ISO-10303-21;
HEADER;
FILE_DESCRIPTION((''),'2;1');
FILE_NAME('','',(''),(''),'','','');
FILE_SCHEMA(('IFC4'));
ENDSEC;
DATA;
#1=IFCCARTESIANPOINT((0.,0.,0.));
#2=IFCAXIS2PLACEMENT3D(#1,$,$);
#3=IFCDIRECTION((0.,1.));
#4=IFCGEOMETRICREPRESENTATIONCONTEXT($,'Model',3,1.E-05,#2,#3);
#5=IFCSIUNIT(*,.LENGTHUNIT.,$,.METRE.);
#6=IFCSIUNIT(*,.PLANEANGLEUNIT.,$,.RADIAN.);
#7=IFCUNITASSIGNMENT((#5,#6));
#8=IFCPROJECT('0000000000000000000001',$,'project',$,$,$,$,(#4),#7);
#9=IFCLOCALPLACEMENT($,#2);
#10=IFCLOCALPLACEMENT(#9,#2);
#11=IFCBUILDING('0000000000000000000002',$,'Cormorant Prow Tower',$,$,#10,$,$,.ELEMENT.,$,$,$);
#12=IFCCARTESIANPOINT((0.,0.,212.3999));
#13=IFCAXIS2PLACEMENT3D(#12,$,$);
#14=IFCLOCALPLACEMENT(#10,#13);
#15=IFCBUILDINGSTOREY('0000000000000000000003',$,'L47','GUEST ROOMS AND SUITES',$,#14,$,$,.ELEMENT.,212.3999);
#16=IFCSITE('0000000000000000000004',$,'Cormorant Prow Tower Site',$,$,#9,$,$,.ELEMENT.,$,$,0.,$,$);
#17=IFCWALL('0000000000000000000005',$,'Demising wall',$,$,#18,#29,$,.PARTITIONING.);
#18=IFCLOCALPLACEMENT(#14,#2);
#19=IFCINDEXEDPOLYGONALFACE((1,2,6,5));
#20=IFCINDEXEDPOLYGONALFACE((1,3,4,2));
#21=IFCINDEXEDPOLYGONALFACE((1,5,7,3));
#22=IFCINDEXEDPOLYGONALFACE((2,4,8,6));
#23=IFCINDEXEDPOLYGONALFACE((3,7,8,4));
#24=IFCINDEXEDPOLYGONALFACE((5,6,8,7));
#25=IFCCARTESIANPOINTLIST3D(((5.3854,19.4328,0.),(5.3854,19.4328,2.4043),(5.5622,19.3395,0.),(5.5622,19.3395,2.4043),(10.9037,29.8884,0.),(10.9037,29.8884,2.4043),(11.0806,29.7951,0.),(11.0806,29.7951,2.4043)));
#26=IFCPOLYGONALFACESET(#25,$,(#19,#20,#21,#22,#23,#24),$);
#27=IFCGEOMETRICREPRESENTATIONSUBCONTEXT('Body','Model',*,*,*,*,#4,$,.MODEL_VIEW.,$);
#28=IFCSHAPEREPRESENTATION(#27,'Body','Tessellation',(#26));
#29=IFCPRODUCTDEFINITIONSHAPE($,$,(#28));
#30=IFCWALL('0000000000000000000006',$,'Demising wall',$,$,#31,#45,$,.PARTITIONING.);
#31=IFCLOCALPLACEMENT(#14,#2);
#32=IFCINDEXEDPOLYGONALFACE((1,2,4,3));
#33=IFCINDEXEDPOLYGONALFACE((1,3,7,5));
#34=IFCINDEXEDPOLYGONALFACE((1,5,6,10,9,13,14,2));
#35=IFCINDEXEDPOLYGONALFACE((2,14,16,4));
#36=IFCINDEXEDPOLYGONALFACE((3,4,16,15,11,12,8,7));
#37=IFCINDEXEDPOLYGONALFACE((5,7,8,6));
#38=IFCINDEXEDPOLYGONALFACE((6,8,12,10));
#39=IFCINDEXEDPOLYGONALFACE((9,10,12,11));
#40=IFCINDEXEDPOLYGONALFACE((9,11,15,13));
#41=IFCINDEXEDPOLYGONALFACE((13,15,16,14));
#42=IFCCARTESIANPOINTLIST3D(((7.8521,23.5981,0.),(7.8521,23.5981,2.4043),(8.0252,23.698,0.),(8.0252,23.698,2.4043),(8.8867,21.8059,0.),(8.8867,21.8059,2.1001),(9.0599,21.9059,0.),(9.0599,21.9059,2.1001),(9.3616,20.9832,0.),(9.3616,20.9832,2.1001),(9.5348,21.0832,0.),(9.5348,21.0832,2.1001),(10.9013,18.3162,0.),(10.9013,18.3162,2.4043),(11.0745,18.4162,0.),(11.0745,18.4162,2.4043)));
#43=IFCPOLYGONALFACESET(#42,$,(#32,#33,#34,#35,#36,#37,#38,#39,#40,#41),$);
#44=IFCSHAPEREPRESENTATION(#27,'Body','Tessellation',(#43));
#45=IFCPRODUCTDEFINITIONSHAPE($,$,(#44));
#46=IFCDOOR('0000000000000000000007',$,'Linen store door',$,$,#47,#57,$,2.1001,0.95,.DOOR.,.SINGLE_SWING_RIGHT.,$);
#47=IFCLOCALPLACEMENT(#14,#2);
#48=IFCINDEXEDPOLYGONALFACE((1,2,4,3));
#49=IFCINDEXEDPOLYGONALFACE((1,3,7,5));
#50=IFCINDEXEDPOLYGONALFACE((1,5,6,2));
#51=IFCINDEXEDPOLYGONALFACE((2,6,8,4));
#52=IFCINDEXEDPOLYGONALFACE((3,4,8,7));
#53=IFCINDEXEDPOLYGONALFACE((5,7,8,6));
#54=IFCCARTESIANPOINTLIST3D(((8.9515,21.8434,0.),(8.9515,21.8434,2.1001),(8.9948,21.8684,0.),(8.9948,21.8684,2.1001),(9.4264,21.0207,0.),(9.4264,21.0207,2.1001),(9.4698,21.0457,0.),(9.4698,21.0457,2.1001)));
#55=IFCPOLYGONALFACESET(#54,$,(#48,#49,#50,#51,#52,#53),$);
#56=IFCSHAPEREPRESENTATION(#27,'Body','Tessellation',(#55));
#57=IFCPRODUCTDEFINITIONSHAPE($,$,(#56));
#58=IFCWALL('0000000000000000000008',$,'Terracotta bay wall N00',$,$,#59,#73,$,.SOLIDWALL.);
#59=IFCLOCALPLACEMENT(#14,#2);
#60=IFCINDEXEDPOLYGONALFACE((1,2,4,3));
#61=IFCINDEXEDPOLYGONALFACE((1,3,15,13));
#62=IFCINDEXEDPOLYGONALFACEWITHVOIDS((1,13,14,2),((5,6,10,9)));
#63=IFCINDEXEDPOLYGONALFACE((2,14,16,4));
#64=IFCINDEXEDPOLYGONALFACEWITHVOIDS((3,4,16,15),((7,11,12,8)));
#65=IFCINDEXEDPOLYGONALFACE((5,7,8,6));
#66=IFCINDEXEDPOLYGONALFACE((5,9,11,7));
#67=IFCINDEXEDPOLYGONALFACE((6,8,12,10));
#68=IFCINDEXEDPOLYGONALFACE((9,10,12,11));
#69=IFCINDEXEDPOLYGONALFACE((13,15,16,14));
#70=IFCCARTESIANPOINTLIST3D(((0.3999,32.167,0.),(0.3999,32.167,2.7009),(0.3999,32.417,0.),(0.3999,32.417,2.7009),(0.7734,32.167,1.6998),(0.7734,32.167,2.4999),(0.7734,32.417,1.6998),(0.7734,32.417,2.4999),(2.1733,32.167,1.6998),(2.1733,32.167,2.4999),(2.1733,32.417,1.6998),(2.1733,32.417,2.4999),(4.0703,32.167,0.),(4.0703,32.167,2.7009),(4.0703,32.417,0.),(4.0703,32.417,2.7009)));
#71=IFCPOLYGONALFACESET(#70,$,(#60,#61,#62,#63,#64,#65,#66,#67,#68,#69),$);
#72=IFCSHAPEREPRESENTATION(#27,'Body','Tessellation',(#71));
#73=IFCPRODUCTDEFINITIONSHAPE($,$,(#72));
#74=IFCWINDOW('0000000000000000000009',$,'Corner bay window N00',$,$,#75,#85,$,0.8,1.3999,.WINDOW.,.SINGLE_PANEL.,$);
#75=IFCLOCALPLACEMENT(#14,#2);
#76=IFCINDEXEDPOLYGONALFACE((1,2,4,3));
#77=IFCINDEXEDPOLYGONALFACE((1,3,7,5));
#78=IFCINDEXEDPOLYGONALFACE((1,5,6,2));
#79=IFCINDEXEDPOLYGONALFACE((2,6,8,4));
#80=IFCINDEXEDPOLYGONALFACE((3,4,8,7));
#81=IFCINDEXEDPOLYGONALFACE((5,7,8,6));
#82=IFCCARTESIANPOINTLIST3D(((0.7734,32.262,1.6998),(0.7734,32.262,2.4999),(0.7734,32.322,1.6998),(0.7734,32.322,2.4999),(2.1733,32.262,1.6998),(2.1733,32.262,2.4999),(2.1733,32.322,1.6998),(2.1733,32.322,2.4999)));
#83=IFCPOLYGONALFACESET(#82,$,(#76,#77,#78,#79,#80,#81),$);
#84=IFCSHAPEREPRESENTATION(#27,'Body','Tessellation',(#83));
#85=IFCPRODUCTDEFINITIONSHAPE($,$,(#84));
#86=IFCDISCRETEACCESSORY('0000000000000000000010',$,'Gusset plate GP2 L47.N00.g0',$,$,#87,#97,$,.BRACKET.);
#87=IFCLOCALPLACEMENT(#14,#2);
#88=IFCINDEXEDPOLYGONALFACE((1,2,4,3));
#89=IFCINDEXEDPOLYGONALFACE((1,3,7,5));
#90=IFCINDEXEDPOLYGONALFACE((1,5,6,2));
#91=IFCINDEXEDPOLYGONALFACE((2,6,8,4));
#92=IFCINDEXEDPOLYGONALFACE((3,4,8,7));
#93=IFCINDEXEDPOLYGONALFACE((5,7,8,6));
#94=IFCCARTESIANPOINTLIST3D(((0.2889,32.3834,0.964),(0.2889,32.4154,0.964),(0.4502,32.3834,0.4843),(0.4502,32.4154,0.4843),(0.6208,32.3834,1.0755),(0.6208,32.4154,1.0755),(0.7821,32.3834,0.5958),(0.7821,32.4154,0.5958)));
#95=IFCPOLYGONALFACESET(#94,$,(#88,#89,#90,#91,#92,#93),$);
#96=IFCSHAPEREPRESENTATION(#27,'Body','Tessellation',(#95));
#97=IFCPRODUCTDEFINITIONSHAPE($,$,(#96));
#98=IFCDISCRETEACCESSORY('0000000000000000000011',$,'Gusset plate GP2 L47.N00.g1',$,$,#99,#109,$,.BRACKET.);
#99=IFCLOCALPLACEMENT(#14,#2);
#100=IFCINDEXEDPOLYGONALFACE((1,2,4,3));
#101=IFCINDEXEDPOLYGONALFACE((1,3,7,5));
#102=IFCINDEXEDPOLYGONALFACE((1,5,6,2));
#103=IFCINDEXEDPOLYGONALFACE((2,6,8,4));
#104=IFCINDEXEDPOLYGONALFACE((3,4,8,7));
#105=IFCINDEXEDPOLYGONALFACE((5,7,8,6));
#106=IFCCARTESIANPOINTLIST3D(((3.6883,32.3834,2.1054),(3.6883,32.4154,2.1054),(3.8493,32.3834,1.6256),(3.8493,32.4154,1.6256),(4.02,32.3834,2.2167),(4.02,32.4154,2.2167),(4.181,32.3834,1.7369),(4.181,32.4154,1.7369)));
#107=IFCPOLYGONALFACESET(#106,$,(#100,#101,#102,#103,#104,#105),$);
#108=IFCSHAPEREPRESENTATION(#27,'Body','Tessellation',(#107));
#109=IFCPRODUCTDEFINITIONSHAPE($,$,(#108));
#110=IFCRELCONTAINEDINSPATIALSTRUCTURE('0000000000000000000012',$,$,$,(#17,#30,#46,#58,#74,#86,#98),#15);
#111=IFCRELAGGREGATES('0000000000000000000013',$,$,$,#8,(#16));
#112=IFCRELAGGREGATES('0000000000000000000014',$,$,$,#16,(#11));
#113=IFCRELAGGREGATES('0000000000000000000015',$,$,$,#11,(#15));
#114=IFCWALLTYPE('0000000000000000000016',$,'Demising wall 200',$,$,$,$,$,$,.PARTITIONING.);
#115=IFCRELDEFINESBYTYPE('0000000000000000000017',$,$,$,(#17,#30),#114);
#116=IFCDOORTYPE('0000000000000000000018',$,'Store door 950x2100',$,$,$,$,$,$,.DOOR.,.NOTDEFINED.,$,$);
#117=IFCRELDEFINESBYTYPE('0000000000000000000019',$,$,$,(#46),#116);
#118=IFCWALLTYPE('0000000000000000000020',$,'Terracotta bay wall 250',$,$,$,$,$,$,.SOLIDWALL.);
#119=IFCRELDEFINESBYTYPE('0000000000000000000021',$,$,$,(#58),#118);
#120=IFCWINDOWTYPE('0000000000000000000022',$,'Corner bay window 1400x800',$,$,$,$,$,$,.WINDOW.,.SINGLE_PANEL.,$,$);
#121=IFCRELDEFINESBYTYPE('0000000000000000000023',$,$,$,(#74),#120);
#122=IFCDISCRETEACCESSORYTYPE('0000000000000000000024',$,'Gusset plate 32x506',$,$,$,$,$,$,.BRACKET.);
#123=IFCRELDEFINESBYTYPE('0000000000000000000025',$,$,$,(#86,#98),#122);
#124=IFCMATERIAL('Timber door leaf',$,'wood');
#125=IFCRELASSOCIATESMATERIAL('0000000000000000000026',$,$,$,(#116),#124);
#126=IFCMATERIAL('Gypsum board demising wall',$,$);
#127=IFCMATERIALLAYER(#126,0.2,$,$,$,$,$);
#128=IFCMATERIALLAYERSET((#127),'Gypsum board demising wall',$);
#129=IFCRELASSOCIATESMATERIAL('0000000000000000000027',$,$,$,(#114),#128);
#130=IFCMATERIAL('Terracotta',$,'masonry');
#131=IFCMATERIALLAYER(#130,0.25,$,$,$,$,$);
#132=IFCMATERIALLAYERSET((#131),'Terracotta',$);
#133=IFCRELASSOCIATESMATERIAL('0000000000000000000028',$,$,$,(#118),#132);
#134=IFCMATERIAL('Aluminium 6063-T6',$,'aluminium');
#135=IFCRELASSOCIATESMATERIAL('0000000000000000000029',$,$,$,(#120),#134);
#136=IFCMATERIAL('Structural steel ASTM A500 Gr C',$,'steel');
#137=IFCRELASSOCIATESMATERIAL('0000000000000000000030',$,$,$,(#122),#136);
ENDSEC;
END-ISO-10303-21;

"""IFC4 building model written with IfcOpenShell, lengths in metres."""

from ifc_helpers import new_model, si_unit, direction, frame, frame_2d, origin, origin_2d, place, context, subcontext, project, spatial, rectangle, extrude, material, layer, layer_set, material_profile, profile_set, type_object, element, fill, save


model = new_model("IFC4")

# Units and contexts
model_context = context("Model", 3, precision=1e-05, world=origin(), true_north=direction((0.0, 1.0)))
body_context = subcontext(model_context, "Body", "Model", "MODEL_VIEW")
ifc_project = project(units=[si_unit("LENGTHUNIT", "METRE"), si_unit("PLANEANGLEUNIT", "RADIAN")], contexts=[model_context])

# Site, building, storey
site_placement = place(None, origin())
site = spatial("IfcSite", under=ifc_project, at=site_placement, Name="Cormorant Prow Tower Site", CompositionType="ELEMENT", RefElevation=0.0)
building_placement = place(site_placement, origin())
building = spatial("IfcBuilding", under=site, at=building_placement, Name="Cormorant Prow Tower", CompositionType="ELEMENT")
storey_placement = place(building_placement, frame((0.0, 0.0, 212.3999)))
storey = spatial("IfcBuildingStorey", under=building, at=storey_placement, Name="L47", Description="GUEST ROOMS AND SUITES", CompositionType="ELEMENT", Elevation=212.3999)

# Shared definitions
ifc_material_1 = material(Name="Timber door leaf", Category="wood")
door_type_1 = type_object("IfcDoorType", Name="Store door 950x2100", OperationType="NOTDEFINED", PredefinedType="DOOR", material=ifc_material_1)

# Wall
ifc_material_2 = material(Name="Gypsum board demising wall")
ifc_layer_1 = layer(ifc_material_2, 0.2)
ifc_layer_set_1 = layer_set([ifc_layer_1], Name="Gypsum board demising wall")
wall_type_1 = type_object("IfcWallType", Name="Demising wall 200", PredefinedType="PARTITIONING", material=ifc_layer_set_1)
wall_1_placement = place(storey_placement, frame((5.4739, 19.3862, 0.0), z_axis=(0.0, 0.0, 1.0), x_axis=(0.466765, 0.884381, 0.0)))
element("IfcWall", 1, at=wall_1_placement, inside=storey, type_object=wall_type_1, Name="Demising wall", PredefinedType="PARTITIONING", context=body_context, shape_type="SweptSolid", body=[
    extrude(rectangle(XDim=11.8225, YDim=0.2, at=frame_2d((5.9111, 0.0))), origin(), (0.0, 0.0, 1.0), 2.4043),
])

# Wall, opening, door
wall_2_placement = place(storey_placement, frame((7.9387, 23.6479, 0.0), z_axis=(0.0, 0.0, 1.0), x_axis=(0.499971, -0.866042, 0.0)))
wall_2 = element("IfcWall", 2, at=wall_2_placement, inside=storey, type_object=wall_type_1, Name="Demising wall", PredefinedType="PARTITIONING", context=body_context, shape_type="SweptSolid", body=[
    extrude(rectangle(XDim=6.0989, YDim=0.2, at=frame_2d((3.0493, 0.0))), origin(), (0.0, 0.0, 1.0), 2.4043),
])
opening_1_placement = place(wall_2_placement, frame((2.0691, 0.0, 0.0)))
opening_1 = element("IfcOpeningElement", 3, at=opening_1_placement, cuts=wall_2, PredefinedType="OPENING", context=body_context, shape_type="SweptSolid", body=[
    extrude(rectangle(XDim=0.95, YDim=2.1001, at=frame_2d((0.4751, 1.05))), frame((0.0, 0.1099, 0.0), z_axis=(0.0, -1.0, 0.0), x_axis=(1.0, 0.0, 0.0)), (0.0, 0.0, 1.0), 0.22),
])
door_1_placement = place(opening_1_placement, origin())
door_1 = element("IfcDoor", 4, at=door_1_placement, inside=storey, type_object=door_type_1, Name="Linen store door", OperationType="SINGLE_SWING_RIGHT", OverallHeight=2.1001, OverallWidth=0.95, PredefinedType="DOOR", context=body_context, shape_type="SweptSolid", body=[
    extrude(rectangle(XDim=0.95, YDim=2.1001, at=frame_2d((0.4751, 1.05))), frame((0.0, 0.0249, 0.0), z_axis=(0.0, -1.0, 0.0), x_axis=(1.0, 0.0, 0.0)), (0.0, 0.0, 1.0), 0.05),
])
fill(opening_1, door_1)

# Wall, opening, window
ifc_material_3 = material(Name="Terracotta", Category="masonry")
ifc_layer_2 = layer(ifc_material_3, 0.25)
ifc_layer_set_2 = layer_set([ifc_layer_2], Name="Terracotta")
wall_type_2 = type_object("IfcWallType", Name="Terracotta bay wall 250", PredefinedType="SOLIDWALL", material=ifc_layer_set_2)
wall_3_placement = place(storey_placement, frame((4.0703, 32.292, 0.0), z_axis=(0.0, 0.0, 1.0), x_axis=(-1.0, 0.0, 0.0)))
wall_3 = element("IfcWall", 5, at=wall_3_placement, inside=storey, type_object=wall_type_2, Name="Terracotta bay wall N00", PredefinedType="SOLIDWALL", context=body_context, shape_type="SweptSolid", body=[
    extrude(rectangle(XDim=3.6704, YDim=0.25, at=frame_2d((1.8352, 0.0))), origin(), (0.0, 0.0, 1.0), 2.7009),
])
opening_2_placement = place(wall_3_placement, frame((1.897, 0.0, 1.7)))
opening_2 = element("IfcOpeningElement", 6, at=opening_2_placement, cuts=wall_3, PredefinedType="OPENING", context=body_context, shape_type="SweptSolid", body=[
    extrude(rectangle(XDim=1.3999, YDim=0.8, at=frame_2d((0.7, 0.3999))), frame((0.0, 0.135, 0.0), z_axis=(0.0, -1.0, 0.0), x_axis=(1.0, 0.0, 0.0)), (0.0, 0.0, 1.0), 0.27),
])
ifc_material_4 = material(Name="Aluminium 6063-T6", Category="aluminium")
window_type = type_object("IfcWindowType", Name="Corner bay window 1400x800", PartitioningType="SINGLE_PANEL", PredefinedType="WINDOW", material=ifc_material_4)
window_placement = place(opening_2_placement, origin())
window = element("IfcWindow", 7, at=window_placement, inside=storey, type_object=window_type, Name="Corner bay window N00", OverallHeight=0.8, OverallWidth=1.3999, PartitioningType="SINGLE_PANEL", PredefinedType="WINDOW", context=body_context, shape_type="SweptSolid", body=[
    extrude(rectangle(XDim=1.3999, YDim=0.8, at=frame_2d((0.7, 0.3999))), frame((0.0, 0.03, 0.0), z_axis=(0.0, -1.0, 0.0), x_axis=(1.0, 0.0, 0.0)), (0.0, 0.0, 1.0), 0.0601),
])
fill(opening_2, window)

# Discrete accessories
ifc_material_5 = material(Name="Structural steel ASTM A500 Gr C", Category="steel")
ifc_material_profile_1 = material_profile(ifc_material_5, rectangle(XDim=0.032, YDim=0.5061, at=origin_2d()), Name="Gusset plate 32x506")
ifc_profile_set_1 = profile_set([ifc_material_profile_1], Name="Structural steel ASTM A500 Gr C")
discrete_accessory_type = type_object("IfcDiscreteAccessoryType", Name="Gusset plate 32x506", PredefinedType="BRACKET", material=ifc_profile_set_1)
discrete_accessory_1_placement = place(storey_placement, frame((0.7014, 32.3994, 0.8357), z_axis=(-0.947843, 0.0, -0.318738), x_axis=(0.0, -1.0, 0.0)))
element("IfcDiscreteAccessory", 8, at=discrete_accessory_1_placement, inside=storey, type_object=discrete_accessory_type, Name="Gusset plate GP2 L47.N00.g0", PredefinedType="BRACKET", context=body_context, shape_type="SweptSolid", body=[
    extrude(rectangle(XDim=0.032, YDim=0.5061, at=origin_2d()), origin(), (0.0, 0.0, 1.0), 0.3501),
])
discrete_accessory_2_placement = place(storey_placement, frame((3.7688, 32.3994, 1.8655), z_axis=(0.948054, 0.0, 0.318111), x_axis=(0.0, 1.0, 0.0)))
element("IfcDiscreteAccessory", 9, at=discrete_accessory_2_placement, inside=storey, type_object=discrete_accessory_type, Name="Gusset plate GP2 L47.N00.g1", PredefinedType="BRACKET", context=body_context, shape_type="SweptSolid", body=[
    extrude(rectangle(XDim=0.032, YDim=0.5061, at=origin_2d()), origin(), (0.0, 0.0, 1.0), 0.3499),
])

save(model, "model.ifc")
